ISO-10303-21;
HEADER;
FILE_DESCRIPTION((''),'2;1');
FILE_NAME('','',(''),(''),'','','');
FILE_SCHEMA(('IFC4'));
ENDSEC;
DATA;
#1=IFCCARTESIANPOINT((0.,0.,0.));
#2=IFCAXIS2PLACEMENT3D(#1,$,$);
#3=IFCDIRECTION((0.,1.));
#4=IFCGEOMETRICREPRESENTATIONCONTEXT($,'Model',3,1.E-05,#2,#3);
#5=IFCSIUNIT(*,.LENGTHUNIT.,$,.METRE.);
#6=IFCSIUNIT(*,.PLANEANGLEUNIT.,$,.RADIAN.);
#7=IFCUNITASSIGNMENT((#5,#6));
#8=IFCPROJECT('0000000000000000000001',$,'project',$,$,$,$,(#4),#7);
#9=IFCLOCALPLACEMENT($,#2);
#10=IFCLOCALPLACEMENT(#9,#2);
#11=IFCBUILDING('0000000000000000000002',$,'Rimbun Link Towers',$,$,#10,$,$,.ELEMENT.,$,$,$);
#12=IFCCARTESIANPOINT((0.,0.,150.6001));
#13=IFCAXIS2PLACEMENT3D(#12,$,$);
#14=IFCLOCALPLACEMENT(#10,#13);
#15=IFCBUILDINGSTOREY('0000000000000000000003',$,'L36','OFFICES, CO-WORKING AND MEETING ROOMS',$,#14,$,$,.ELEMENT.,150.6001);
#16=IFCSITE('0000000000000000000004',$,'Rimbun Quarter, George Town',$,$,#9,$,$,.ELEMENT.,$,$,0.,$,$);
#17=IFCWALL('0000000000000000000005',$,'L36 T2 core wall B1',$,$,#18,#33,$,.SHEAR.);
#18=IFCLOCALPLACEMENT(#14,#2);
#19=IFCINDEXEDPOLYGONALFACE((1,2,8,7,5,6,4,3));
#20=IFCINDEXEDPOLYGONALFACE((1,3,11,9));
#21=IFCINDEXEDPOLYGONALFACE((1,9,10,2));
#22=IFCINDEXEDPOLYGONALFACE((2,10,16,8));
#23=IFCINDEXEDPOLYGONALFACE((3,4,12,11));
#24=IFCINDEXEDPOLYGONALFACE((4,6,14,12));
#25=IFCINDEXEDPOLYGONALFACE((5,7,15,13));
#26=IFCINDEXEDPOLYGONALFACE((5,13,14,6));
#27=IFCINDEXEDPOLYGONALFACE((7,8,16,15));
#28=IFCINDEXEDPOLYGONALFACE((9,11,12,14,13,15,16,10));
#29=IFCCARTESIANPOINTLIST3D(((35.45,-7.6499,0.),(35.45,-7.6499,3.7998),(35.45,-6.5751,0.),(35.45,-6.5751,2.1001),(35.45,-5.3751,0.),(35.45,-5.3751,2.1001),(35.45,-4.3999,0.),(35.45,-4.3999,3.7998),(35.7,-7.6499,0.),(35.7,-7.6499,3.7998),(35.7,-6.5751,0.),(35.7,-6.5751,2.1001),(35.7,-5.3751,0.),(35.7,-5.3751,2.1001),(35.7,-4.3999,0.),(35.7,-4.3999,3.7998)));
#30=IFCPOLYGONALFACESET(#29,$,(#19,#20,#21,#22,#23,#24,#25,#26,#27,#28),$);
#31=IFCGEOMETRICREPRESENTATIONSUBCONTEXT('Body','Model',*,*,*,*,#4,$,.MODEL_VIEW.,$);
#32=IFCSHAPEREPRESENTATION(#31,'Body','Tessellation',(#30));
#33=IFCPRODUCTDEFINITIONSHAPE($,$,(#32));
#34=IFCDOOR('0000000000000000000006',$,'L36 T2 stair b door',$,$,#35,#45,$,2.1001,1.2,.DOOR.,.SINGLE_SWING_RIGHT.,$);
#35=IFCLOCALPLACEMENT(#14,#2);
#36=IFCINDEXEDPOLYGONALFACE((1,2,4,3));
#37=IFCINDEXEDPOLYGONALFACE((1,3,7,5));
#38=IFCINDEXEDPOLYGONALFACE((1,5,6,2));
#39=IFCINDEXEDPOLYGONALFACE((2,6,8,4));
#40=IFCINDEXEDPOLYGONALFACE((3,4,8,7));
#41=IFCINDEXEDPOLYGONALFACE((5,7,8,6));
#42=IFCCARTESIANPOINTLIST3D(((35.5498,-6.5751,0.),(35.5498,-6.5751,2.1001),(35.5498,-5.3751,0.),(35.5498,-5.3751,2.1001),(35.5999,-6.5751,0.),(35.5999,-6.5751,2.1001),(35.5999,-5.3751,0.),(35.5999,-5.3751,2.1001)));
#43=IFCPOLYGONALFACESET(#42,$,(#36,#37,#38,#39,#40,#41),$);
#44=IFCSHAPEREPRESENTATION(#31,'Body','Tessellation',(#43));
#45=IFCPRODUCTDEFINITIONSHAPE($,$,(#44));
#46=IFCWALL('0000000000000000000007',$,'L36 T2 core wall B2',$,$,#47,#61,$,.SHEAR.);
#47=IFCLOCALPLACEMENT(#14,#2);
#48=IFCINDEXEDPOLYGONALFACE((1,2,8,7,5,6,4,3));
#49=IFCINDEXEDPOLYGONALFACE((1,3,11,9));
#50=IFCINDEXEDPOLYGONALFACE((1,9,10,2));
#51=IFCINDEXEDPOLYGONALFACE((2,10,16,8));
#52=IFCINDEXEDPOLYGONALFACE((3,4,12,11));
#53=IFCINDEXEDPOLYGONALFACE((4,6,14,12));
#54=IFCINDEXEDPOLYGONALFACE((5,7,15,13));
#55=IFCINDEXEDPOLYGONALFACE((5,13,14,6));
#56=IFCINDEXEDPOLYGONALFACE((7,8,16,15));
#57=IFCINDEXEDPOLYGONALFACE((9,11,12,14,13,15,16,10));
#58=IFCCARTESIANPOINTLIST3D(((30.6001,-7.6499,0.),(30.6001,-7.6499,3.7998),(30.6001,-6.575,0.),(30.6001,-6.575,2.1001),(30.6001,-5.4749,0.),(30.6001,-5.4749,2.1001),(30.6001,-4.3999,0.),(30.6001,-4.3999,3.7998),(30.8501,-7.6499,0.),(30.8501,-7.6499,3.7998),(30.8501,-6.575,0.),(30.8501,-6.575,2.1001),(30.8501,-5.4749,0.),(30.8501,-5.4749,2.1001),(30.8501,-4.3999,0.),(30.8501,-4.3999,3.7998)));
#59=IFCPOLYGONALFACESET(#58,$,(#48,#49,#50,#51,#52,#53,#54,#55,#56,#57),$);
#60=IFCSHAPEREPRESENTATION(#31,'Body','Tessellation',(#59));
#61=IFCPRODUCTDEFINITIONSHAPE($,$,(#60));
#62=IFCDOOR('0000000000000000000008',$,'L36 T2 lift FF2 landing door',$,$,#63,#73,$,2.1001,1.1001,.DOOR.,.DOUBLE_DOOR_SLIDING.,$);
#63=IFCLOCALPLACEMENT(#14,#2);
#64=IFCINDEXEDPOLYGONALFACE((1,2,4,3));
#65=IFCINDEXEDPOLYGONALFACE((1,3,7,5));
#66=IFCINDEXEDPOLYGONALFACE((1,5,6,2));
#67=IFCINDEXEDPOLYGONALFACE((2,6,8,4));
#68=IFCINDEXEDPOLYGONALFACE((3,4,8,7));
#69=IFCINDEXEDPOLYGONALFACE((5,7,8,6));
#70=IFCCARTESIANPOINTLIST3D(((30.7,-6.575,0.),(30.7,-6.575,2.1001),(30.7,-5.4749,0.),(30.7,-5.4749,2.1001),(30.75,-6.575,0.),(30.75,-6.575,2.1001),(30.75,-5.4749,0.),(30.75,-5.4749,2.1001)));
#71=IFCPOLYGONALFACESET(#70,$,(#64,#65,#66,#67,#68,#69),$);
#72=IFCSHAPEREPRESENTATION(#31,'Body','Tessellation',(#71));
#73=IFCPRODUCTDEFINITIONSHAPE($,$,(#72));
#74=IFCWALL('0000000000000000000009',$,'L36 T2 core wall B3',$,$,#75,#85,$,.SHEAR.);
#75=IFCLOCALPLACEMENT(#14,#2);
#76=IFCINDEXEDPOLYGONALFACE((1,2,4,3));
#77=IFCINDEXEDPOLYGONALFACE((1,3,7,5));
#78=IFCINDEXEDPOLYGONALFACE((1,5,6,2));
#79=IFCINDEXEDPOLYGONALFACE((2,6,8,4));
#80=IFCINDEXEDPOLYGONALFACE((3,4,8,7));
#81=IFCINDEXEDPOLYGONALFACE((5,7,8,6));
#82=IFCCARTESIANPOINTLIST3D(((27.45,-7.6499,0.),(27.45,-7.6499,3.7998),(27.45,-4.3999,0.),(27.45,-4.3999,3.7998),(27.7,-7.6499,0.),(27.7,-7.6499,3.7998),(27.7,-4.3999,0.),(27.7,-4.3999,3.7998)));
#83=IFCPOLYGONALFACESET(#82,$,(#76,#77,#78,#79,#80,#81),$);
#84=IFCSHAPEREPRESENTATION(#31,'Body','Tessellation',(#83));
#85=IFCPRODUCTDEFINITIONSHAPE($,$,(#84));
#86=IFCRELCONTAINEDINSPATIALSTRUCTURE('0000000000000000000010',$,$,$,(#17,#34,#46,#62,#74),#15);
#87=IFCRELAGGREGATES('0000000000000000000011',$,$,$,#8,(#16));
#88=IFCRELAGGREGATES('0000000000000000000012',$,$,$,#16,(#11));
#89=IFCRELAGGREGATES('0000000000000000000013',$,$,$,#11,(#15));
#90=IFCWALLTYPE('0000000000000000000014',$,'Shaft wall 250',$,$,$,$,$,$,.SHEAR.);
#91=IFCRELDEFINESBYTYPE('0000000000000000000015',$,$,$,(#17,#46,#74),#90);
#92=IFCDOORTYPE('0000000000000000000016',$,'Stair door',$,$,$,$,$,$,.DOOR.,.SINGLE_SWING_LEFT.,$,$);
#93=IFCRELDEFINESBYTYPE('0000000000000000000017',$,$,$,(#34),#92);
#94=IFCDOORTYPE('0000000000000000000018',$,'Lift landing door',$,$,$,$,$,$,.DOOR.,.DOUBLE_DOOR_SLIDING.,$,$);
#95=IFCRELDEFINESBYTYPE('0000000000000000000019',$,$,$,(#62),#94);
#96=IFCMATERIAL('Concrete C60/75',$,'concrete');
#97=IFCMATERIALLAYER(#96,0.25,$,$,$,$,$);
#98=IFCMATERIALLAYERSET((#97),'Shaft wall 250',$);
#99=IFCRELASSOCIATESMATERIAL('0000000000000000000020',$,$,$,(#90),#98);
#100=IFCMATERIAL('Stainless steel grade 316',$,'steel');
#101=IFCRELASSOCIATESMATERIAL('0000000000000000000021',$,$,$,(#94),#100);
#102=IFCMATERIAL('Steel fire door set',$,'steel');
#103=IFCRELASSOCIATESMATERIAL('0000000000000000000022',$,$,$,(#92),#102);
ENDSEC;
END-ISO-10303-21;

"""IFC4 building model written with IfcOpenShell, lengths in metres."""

from ifc_helpers import new_model, si_unit, direction, frame, frame_2d, origin, place, context, subcontext, project, spatial, rectangle, extrude, material, layer, layer_set, type_object, element, fill, save


model = new_model("IFC4")

# Units and contexts
model_context = context("Model", 3, precision=1e-05, world=origin(), true_north=direction((0.0, 1.0)))
body_context = subcontext(model_context, "Body", "Model", "MODEL_VIEW")
ifc_project = project(units=[si_unit("LENGTHUNIT", "METRE"), si_unit("PLANEANGLEUNIT", "RADIAN")], contexts=[model_context])

# Site, building, storey
site_placement = place(None, origin())
site = spatial("IfcSite", under=ifc_project, at=site_placement, Name="Rimbun Quarter, George Town", CompositionType="ELEMENT", RefElevation=0.0)
building_placement = place(site_placement, origin())
building = spatial("IfcBuilding", under=site, at=building_placement, Name="Rimbun Link Towers", CompositionType="ELEMENT")
storey_placement = place(building_placement, frame((0.0, 0.0, 150.6001)))
storey = spatial("IfcBuildingStorey", under=building, at=storey_placement, Name="L36", Description="OFFICES, CO-WORKING AND MEETING ROOMS", CompositionType="ELEMENT", Elevation=150.6001)

# Shared definitions
ifc_material_1 = material(Name="Concrete C60/75", Category="concrete")
ifc_layer_1 = layer(ifc_material_1, 0.25)
ifc_layer_set_1 = layer_set([ifc_layer_1], Name="Shaft wall 250")
wall_type_1 = type_object("IfcWallType", Name="Shaft wall 250", PredefinedType="SHEAR", material=ifc_layer_set_1)

# Shared definitions
ifc_material_2 = material(Name="Stainless steel grade 316", Category="steel")
door_type_1 = type_object("IfcDoorType", Name="Lift landing door", OperationType="DOUBLE_DOOR_SLIDING", PredefinedType="DOOR", material=ifc_material_2)

# Walls, openings, doors
wall_1_placement = place(storey_placement, frame((35.575, -4.3999, 0.0), z_axis=(0.0, 0.0, 1.0), x_axis=(0.0, -1.0, 0.0)))
wall_1 = element("IfcWall", 1, at=wall_1_placement, inside=storey, type_object=wall_type_1, Name="L36 T2 core wall B1", PredefinedType="SHEAR", context=body_context, shape_type="SweptSolid", body=[
    extrude(rectangle(XDim=3.25, YDim=0.25, at=frame_2d((1.625, 0.0))), origin(), (0.0, 0.0, 1.0), 3.7998),
])
opening_1_placement = place(wall_1_placement, frame((0.9751, 0.0, 0.0)))
opening_1 = element("IfcOpeningElement", 2, at=opening_1_placement, cuts=wall_1, PredefinedType="OPENING", context=body_context, shape_type="SweptSolid", body=[
    extrude(rectangle(XDim=1.2, YDim=2.1001, at=frame_2d((0.6001, 1.05))), frame((0.0, 0.135, 0.0), z_axis=(0.0, -1.0, 0.0), x_axis=(1.0, 0.0, 0.0)), (0.0, 0.0, 1.0), 0.27),
])
ifc_material_3 = material(Name="Steel fire door set", Category="steel")
door_type_2 = type_object("IfcDoorType", Name="Stair door", OperationType="SINGLE_SWING_LEFT", PredefinedType="DOOR", material=ifc_material_3)
door_1_placement = place(opening_1_placement, origin())
door_1 = element("IfcDoor", 3, at=door_1_placement, inside=storey, type_object=door_type_2, Name="L36 T2 stair b door", OperationType="SINGLE_SWING_RIGHT", OverallHeight=2.1001, OverallWidth=1.2, PredefinedType="DOOR", context=body_context, shape_type="SweptSolid", body=[
    extrude(rectangle(XDim=1.2, YDim=2.1001, at=frame_2d((0.6001, 1.05))), frame((0.0, 0.0249, 0.0), z_axis=(0.0, -1.0, 0.0), x_axis=(1.0, 0.0, 0.0)), (0.0, 0.0, 1.0), 0.05),
])
fill(opening_1, door_1)
wall_2_placement = place(storey_placement, frame((30.7251, -4.3999, 0.0), z_axis=(0.0, 0.0, 1.0), x_axis=(0.0, -1.0, 0.0)))
wall_2 = element("IfcWall", 4, at=wall_2_placement, inside=storey, type_object=wall_type_1, Name="L36 T2 core wall B2", PredefinedType="SHEAR", context=body_context, shape_type="SweptSolid", body=[
    extrude(rectangle(XDim=3.25, YDim=0.25, at=frame_2d((1.625, 0.0))), origin(), (0.0, 0.0, 1.0), 3.7998),
])
opening_2_placement = place(wall_2_placement, frame((1.075, 0.0, 0.0)))
opening_2 = element("IfcOpeningElement", 5, at=opening_2_placement, cuts=wall_2, PredefinedType="OPENING", context=body_context, shape_type="SweptSolid", body=[
    extrude(rectangle(XDim=1.1001, YDim=2.1001, at=frame_2d((0.55, 1.05))), frame((0.0, 0.135, 0.0), z_axis=(0.0, -1.0, 0.0), x_axis=(1.0, 0.0, 0.0)), (0.0, 0.0, 1.0), 0.27),
])
door_2_placement = place(opening_2_placement, origin())
door_2 = element("IfcDoor", 6, at=door_2_placement, inside=storey, type_object=door_type_1, Name="L36 T2 lift FF2 landing door", OperationType="DOUBLE_DOOR_SLIDING", OverallHeight=2.1001, OverallWidth=1.1001, PredefinedType="DOOR", context=body_context, shape_type="SweptSolid", body=[
    extrude(rectangle(XDim=1.1001, YDim=2.1001, at=frame_2d((0.55, 1.05))), frame((0.0, 0.0249, 0.0), z_axis=(0.0, -1.0, 0.0), x_axis=(1.0, 0.0, 0.0)), (0.0, 0.0, 1.0), 0.05),
])
fill(opening_2, door_2)

# Wall
wall_3_placement = place(storey_placement, frame((27.575, -4.3999, 0.0), z_axis=(0.0, 0.0, 1.0), x_axis=(0.0, -1.0, 0.0)))
element("IfcWall", 7, at=wall_3_placement, inside=storey, type_object=wall_type_1, Name="L36 T2 core wall B3", PredefinedType="SHEAR", context=body_context, shape_type="SweptSolid", body=[
    extrude(rectangle(XDim=3.25, YDim=0.25, at=frame_2d((1.625, 0.0))), origin(), (0.0, 0.0, 1.0), 3.7998),
])

save(model, "model.ifc")
